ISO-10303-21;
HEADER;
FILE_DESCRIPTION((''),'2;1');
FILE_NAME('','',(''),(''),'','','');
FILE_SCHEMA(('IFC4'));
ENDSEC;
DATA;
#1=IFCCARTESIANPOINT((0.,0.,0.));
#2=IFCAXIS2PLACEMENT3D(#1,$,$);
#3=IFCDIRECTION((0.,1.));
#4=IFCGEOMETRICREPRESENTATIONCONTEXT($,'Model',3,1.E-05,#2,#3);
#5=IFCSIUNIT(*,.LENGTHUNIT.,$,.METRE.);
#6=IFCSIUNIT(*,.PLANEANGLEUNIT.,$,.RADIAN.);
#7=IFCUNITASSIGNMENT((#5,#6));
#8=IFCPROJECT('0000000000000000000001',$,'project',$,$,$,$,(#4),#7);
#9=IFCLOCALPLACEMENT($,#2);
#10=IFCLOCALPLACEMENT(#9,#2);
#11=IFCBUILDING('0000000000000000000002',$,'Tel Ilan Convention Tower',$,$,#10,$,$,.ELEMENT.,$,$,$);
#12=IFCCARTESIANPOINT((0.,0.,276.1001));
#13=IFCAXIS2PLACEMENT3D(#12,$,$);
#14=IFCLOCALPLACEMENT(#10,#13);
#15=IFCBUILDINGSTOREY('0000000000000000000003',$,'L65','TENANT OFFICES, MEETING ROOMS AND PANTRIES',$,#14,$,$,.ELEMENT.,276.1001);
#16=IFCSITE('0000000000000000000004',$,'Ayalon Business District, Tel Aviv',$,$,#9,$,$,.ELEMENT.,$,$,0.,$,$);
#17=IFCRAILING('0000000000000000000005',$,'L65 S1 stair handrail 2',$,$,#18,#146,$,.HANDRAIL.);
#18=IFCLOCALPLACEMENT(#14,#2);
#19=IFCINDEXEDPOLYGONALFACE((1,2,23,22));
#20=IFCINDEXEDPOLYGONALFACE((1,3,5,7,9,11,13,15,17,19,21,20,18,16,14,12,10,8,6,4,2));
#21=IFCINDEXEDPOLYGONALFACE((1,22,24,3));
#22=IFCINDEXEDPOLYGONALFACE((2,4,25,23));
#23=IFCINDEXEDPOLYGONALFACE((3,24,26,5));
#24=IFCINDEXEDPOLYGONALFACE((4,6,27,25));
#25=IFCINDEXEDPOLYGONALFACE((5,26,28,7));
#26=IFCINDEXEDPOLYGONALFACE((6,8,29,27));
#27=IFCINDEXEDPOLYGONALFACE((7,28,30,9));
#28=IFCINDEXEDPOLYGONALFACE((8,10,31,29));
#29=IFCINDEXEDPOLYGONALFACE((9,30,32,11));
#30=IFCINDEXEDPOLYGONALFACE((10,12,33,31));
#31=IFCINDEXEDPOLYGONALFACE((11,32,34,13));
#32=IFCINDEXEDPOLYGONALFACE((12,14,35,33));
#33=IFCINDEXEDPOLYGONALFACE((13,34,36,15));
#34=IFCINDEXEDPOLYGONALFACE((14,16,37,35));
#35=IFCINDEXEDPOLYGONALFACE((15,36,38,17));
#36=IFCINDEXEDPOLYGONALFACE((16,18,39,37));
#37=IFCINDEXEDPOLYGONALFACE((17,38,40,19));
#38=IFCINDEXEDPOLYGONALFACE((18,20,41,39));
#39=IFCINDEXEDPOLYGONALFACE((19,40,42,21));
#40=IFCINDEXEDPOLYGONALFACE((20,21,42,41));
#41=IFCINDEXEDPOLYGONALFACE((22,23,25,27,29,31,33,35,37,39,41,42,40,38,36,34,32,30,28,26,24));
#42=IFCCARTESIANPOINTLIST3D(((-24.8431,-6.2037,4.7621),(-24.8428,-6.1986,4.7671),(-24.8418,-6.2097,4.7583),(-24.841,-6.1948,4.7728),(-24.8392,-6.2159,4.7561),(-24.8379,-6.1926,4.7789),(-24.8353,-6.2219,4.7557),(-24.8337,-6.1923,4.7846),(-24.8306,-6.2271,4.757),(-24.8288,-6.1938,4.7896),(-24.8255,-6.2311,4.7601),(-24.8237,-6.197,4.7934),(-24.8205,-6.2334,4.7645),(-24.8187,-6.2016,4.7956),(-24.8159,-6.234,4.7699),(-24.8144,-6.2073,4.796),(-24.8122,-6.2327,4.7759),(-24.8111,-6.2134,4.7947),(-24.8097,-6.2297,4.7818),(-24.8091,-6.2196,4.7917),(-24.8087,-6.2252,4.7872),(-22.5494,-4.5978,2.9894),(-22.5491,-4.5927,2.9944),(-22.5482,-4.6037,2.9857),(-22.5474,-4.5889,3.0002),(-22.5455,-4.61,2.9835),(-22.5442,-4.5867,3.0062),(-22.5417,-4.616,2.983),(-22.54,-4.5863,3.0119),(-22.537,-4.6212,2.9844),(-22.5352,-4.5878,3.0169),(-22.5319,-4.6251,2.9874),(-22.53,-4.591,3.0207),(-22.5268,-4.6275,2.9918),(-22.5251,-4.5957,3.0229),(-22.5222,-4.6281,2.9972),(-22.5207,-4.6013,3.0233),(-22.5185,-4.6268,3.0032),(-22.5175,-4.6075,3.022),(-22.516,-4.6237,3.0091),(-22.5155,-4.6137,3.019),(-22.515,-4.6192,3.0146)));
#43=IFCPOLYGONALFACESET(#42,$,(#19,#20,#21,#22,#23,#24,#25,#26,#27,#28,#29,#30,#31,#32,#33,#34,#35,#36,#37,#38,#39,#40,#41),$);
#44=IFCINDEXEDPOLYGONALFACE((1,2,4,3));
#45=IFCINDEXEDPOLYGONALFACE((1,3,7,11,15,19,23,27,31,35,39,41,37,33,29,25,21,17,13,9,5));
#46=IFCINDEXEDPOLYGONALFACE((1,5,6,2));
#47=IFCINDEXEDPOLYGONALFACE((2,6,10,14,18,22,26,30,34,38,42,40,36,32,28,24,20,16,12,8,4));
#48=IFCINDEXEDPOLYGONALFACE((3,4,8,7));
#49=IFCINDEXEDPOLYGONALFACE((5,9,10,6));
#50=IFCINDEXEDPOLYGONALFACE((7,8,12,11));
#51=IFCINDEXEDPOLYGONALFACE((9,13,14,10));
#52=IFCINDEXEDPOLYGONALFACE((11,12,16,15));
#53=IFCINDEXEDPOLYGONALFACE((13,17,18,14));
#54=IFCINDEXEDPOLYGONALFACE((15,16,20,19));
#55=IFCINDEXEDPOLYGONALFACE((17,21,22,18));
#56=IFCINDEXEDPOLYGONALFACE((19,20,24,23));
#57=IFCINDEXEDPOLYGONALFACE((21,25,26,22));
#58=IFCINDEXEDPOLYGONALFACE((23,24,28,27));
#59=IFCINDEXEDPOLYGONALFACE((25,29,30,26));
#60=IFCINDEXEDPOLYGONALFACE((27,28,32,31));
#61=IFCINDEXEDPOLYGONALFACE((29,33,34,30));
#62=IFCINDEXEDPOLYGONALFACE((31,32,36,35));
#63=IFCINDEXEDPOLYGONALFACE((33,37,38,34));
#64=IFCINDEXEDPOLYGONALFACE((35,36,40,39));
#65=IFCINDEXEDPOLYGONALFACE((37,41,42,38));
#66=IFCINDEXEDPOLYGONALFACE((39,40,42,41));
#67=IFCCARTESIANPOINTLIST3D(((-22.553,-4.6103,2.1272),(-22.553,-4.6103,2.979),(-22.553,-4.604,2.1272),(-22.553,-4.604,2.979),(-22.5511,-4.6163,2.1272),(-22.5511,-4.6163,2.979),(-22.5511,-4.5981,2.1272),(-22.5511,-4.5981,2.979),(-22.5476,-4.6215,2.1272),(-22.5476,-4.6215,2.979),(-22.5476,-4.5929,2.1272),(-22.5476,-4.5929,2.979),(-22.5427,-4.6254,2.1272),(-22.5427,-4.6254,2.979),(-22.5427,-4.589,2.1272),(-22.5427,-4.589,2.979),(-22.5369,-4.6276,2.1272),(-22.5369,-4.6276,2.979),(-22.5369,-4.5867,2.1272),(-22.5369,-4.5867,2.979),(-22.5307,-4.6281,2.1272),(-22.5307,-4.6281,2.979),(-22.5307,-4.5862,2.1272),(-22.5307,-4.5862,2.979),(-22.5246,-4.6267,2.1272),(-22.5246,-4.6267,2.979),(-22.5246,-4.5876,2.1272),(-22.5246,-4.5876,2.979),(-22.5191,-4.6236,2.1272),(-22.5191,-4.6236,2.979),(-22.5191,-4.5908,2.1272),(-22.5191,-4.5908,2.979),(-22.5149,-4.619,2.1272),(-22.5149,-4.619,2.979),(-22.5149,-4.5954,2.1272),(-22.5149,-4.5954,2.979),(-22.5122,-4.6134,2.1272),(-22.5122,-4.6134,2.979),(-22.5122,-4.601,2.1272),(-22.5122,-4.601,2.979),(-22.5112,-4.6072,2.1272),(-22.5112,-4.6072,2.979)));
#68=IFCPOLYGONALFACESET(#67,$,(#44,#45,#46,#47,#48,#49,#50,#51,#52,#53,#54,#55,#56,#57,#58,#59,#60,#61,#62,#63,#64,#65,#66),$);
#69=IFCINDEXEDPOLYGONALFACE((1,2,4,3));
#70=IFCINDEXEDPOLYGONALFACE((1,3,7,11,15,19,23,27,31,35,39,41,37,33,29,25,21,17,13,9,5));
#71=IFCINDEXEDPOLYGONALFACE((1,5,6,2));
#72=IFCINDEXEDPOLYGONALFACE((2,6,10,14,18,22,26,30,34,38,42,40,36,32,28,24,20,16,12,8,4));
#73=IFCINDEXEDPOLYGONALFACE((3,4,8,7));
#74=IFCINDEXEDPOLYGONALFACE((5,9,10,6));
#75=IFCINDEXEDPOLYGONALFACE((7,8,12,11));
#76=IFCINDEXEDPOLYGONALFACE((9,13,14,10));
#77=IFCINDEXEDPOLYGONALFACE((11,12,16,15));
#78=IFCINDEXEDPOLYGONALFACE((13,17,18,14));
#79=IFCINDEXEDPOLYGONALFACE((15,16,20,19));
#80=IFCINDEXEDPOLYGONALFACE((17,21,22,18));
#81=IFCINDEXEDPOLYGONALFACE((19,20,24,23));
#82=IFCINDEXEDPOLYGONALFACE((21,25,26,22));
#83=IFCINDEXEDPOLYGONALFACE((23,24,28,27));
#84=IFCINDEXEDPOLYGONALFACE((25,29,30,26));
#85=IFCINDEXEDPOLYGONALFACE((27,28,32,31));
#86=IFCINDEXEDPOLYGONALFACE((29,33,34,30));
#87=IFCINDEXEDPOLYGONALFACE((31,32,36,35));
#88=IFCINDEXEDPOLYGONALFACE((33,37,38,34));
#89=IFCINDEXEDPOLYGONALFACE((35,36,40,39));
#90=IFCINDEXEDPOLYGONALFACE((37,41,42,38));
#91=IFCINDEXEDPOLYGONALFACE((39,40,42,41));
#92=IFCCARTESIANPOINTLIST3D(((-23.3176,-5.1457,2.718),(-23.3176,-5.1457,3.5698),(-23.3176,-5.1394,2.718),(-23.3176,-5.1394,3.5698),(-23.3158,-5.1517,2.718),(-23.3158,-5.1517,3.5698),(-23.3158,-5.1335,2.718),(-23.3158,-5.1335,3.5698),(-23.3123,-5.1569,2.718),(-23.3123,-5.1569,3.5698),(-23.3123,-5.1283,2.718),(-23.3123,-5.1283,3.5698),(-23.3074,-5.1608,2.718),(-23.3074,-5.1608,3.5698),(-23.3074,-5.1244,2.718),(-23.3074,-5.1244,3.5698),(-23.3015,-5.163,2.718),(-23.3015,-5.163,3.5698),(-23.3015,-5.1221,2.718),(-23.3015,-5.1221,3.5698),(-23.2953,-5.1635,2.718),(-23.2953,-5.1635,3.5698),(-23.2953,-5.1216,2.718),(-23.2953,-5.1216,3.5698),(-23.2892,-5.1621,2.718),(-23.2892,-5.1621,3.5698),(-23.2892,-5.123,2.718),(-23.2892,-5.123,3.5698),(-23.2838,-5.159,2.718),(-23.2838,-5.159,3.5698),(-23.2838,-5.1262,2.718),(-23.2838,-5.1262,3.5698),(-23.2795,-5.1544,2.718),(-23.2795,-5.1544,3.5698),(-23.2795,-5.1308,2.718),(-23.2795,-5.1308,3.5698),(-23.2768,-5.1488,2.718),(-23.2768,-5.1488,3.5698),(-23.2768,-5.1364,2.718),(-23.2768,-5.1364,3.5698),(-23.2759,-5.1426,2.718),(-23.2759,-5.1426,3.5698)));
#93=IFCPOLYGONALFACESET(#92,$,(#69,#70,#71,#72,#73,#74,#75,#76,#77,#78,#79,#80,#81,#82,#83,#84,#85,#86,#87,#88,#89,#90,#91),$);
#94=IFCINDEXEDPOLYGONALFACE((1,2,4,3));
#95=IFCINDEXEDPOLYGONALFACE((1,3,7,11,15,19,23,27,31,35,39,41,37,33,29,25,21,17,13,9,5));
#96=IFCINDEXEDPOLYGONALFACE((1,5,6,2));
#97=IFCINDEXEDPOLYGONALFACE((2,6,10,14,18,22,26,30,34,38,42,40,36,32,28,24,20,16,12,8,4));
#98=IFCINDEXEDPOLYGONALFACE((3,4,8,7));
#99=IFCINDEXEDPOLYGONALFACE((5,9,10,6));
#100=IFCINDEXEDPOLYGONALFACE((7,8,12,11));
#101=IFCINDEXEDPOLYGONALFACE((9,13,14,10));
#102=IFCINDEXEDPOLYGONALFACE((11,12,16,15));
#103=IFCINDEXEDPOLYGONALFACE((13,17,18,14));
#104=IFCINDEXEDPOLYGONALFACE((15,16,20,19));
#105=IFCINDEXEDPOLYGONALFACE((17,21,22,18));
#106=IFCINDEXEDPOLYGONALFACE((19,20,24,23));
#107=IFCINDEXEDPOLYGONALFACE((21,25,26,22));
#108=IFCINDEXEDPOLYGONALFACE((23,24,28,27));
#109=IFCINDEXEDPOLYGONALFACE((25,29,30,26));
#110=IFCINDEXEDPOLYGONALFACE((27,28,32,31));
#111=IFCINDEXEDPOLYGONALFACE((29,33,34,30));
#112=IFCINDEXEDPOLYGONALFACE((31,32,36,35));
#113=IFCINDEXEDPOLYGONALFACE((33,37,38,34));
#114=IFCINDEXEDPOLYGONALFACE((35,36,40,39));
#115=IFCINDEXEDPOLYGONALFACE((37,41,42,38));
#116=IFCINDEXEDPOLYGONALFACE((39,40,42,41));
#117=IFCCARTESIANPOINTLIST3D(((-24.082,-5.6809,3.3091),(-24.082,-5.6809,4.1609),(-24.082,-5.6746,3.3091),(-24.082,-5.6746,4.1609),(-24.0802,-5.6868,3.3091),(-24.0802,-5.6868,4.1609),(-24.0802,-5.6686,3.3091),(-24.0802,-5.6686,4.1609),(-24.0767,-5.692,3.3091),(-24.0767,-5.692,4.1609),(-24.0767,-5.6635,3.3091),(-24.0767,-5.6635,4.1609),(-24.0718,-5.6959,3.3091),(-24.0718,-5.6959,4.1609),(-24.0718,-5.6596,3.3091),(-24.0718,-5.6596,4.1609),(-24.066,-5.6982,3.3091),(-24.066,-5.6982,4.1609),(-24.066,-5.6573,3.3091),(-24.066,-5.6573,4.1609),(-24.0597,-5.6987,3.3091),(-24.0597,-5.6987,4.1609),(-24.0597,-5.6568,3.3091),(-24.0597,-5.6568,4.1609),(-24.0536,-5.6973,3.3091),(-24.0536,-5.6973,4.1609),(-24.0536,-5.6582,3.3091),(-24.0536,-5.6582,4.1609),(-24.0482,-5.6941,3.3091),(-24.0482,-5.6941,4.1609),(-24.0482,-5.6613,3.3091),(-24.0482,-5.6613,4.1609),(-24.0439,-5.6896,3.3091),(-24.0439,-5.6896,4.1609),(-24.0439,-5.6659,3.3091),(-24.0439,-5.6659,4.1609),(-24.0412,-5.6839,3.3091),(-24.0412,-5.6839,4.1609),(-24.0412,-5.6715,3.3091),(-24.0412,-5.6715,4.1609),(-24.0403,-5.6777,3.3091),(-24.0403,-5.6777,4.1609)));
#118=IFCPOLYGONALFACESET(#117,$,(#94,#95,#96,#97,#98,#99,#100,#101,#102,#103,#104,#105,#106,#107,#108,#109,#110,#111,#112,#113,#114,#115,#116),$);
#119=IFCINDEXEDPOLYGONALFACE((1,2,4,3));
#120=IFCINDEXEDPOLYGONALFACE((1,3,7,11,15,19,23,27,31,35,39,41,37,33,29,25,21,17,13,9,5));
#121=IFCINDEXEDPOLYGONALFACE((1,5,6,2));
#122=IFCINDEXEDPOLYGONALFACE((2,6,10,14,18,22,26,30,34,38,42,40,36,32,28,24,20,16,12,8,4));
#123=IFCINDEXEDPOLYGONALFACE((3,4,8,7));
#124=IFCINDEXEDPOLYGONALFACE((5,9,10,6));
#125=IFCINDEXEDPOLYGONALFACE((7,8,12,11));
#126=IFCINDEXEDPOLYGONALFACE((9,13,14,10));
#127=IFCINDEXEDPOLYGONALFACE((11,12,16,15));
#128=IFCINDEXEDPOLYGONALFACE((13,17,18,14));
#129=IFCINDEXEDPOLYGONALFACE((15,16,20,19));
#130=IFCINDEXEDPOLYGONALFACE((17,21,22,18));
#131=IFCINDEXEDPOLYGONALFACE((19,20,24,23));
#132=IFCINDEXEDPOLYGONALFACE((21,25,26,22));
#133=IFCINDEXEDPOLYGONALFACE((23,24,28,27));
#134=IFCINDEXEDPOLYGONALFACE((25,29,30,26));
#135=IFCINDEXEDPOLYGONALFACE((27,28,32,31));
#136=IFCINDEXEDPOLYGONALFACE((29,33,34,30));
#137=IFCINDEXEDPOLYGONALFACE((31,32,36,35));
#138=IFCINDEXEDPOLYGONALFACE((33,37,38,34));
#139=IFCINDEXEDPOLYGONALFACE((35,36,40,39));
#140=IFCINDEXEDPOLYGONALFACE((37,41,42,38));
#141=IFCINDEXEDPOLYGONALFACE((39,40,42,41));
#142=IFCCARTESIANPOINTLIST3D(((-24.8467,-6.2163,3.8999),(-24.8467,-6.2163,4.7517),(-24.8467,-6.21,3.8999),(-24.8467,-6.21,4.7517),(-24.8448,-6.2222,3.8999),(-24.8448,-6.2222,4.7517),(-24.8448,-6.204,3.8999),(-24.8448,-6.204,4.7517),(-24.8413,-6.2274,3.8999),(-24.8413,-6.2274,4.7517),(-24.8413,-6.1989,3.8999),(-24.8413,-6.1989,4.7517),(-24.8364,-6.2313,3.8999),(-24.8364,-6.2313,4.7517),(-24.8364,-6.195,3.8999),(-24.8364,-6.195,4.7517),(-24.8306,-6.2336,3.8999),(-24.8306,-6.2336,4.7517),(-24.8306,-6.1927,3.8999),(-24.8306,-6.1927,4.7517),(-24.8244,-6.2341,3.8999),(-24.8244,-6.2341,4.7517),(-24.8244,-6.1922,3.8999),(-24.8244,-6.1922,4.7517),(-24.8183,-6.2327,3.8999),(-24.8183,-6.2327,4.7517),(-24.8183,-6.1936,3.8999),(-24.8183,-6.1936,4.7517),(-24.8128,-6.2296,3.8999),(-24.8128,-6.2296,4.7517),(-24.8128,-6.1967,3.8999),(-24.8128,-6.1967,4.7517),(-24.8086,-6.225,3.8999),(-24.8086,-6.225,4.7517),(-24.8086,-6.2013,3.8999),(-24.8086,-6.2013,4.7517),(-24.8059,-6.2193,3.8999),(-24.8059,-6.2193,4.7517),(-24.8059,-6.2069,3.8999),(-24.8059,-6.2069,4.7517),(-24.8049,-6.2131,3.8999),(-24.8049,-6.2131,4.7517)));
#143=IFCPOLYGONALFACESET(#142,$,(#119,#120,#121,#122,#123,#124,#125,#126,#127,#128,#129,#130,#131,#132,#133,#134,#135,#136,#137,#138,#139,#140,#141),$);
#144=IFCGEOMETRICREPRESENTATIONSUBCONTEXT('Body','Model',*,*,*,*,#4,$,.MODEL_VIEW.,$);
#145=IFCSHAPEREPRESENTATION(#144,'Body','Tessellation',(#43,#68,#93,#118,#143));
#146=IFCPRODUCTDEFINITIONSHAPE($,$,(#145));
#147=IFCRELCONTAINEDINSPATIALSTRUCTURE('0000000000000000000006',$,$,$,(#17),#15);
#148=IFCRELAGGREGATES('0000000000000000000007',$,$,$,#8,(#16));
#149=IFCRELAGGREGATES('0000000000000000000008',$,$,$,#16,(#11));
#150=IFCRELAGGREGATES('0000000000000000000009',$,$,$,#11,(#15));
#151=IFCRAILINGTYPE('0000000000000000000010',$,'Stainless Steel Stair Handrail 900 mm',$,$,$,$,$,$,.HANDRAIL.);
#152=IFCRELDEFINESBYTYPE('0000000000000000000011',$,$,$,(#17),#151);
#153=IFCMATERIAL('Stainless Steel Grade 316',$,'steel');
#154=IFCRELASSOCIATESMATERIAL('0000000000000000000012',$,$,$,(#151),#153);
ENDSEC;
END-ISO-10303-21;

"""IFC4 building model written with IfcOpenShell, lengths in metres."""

from ifc_helpers import new_model, si_unit, direction, frame, origin, origin_2d, place, context, subcontext, project, spatial, circle, extrude, material, type_object, element, save


model = new_model("IFC4")

# Units and contexts
model_context = context("Model", 3, precision=1e-05, world=origin(), true_north=direction((0.0, 1.0)))
body_context = subcontext(model_context, "Body", "Model", "MODEL_VIEW")
ifc_project = project(units=[si_unit("LENGTHUNIT", "METRE"), si_unit("PLANEANGLEUNIT", "RADIAN")], contexts=[model_context])

# Site, building, storey
site_placement = place(None, origin())
site = spatial("IfcSite", under=ifc_project, at=site_placement, Name="Ayalon Business District, Tel Aviv", CompositionType="ELEMENT", RefElevation=0.0)
building_placement = place(site_placement, origin())
building = spatial("IfcBuilding", under=site, at=building_placement, Name="Tel Ilan Convention Tower", CompositionType="ELEMENT")
storey_placement = place(building_placement, frame((0.0, 0.0, 276.1001)))
storey = spatial("IfcBuildingStorey", under=building, at=storey_placement, Name="L65", Description="TENANT OFFICES, MEETING ROOMS AND PANTRIES", CompositionType="ELEMENT", Elevation=276.1001)

# Railing
ifc_material_1 = material(Name="Stainless Steel Grade 316", Category="steel")
railing_type_1 = type_object("IfcRailingType", Name="Stainless Steel Stair Handrail 900 mm", PredefinedType="HANDRAIL", material=ifc_material_1)
for number, where, name in (
    (1, (-22.5322, -4.6072, 2.1272), "L65 S1 stair handrail 2"),
):
    element("IfcRailing", number, at=place(storey_placement, frame(where)), inside=storey, type_object=railing_type_1, Name=name, PredefinedType="HANDRAIL", context=body_context, shape_type="SweptSolid", body=[
        extrude(circle(Radius=0.0239, at=origin_2d()), frame((0.0, 0.0, 0.876), z_axis=(-0.692123, -0.484597, 0.534913), x_axis=(0.57355, -0.81917, 0.0)), (0.0, 0.0, 1.0), 3.314),
        extrude(circle(Radius=0.021, at=origin_2d()), origin(), (0.0, 0.0, 1.0), 0.8518),
        extrude(circle(Radius=0.021, at=origin_2d()), frame((-0.7646, -0.5354, 0.5908)), (0.0, 0.0, 1.0), 0.8518),
        extrude(circle(Radius=0.021, at=origin_2d()), frame((-1.5291, -1.0706, 1.1819)), (0.0, 0.0, 1.0), 0.8518),
        extrude(circle(Radius=0.021, at=origin_2d()), frame((-2.2937, -1.606, 1.7727)), (0.0, 0.0, 1.0), 0.8518),
    ])

save(model, "model.ifc")
